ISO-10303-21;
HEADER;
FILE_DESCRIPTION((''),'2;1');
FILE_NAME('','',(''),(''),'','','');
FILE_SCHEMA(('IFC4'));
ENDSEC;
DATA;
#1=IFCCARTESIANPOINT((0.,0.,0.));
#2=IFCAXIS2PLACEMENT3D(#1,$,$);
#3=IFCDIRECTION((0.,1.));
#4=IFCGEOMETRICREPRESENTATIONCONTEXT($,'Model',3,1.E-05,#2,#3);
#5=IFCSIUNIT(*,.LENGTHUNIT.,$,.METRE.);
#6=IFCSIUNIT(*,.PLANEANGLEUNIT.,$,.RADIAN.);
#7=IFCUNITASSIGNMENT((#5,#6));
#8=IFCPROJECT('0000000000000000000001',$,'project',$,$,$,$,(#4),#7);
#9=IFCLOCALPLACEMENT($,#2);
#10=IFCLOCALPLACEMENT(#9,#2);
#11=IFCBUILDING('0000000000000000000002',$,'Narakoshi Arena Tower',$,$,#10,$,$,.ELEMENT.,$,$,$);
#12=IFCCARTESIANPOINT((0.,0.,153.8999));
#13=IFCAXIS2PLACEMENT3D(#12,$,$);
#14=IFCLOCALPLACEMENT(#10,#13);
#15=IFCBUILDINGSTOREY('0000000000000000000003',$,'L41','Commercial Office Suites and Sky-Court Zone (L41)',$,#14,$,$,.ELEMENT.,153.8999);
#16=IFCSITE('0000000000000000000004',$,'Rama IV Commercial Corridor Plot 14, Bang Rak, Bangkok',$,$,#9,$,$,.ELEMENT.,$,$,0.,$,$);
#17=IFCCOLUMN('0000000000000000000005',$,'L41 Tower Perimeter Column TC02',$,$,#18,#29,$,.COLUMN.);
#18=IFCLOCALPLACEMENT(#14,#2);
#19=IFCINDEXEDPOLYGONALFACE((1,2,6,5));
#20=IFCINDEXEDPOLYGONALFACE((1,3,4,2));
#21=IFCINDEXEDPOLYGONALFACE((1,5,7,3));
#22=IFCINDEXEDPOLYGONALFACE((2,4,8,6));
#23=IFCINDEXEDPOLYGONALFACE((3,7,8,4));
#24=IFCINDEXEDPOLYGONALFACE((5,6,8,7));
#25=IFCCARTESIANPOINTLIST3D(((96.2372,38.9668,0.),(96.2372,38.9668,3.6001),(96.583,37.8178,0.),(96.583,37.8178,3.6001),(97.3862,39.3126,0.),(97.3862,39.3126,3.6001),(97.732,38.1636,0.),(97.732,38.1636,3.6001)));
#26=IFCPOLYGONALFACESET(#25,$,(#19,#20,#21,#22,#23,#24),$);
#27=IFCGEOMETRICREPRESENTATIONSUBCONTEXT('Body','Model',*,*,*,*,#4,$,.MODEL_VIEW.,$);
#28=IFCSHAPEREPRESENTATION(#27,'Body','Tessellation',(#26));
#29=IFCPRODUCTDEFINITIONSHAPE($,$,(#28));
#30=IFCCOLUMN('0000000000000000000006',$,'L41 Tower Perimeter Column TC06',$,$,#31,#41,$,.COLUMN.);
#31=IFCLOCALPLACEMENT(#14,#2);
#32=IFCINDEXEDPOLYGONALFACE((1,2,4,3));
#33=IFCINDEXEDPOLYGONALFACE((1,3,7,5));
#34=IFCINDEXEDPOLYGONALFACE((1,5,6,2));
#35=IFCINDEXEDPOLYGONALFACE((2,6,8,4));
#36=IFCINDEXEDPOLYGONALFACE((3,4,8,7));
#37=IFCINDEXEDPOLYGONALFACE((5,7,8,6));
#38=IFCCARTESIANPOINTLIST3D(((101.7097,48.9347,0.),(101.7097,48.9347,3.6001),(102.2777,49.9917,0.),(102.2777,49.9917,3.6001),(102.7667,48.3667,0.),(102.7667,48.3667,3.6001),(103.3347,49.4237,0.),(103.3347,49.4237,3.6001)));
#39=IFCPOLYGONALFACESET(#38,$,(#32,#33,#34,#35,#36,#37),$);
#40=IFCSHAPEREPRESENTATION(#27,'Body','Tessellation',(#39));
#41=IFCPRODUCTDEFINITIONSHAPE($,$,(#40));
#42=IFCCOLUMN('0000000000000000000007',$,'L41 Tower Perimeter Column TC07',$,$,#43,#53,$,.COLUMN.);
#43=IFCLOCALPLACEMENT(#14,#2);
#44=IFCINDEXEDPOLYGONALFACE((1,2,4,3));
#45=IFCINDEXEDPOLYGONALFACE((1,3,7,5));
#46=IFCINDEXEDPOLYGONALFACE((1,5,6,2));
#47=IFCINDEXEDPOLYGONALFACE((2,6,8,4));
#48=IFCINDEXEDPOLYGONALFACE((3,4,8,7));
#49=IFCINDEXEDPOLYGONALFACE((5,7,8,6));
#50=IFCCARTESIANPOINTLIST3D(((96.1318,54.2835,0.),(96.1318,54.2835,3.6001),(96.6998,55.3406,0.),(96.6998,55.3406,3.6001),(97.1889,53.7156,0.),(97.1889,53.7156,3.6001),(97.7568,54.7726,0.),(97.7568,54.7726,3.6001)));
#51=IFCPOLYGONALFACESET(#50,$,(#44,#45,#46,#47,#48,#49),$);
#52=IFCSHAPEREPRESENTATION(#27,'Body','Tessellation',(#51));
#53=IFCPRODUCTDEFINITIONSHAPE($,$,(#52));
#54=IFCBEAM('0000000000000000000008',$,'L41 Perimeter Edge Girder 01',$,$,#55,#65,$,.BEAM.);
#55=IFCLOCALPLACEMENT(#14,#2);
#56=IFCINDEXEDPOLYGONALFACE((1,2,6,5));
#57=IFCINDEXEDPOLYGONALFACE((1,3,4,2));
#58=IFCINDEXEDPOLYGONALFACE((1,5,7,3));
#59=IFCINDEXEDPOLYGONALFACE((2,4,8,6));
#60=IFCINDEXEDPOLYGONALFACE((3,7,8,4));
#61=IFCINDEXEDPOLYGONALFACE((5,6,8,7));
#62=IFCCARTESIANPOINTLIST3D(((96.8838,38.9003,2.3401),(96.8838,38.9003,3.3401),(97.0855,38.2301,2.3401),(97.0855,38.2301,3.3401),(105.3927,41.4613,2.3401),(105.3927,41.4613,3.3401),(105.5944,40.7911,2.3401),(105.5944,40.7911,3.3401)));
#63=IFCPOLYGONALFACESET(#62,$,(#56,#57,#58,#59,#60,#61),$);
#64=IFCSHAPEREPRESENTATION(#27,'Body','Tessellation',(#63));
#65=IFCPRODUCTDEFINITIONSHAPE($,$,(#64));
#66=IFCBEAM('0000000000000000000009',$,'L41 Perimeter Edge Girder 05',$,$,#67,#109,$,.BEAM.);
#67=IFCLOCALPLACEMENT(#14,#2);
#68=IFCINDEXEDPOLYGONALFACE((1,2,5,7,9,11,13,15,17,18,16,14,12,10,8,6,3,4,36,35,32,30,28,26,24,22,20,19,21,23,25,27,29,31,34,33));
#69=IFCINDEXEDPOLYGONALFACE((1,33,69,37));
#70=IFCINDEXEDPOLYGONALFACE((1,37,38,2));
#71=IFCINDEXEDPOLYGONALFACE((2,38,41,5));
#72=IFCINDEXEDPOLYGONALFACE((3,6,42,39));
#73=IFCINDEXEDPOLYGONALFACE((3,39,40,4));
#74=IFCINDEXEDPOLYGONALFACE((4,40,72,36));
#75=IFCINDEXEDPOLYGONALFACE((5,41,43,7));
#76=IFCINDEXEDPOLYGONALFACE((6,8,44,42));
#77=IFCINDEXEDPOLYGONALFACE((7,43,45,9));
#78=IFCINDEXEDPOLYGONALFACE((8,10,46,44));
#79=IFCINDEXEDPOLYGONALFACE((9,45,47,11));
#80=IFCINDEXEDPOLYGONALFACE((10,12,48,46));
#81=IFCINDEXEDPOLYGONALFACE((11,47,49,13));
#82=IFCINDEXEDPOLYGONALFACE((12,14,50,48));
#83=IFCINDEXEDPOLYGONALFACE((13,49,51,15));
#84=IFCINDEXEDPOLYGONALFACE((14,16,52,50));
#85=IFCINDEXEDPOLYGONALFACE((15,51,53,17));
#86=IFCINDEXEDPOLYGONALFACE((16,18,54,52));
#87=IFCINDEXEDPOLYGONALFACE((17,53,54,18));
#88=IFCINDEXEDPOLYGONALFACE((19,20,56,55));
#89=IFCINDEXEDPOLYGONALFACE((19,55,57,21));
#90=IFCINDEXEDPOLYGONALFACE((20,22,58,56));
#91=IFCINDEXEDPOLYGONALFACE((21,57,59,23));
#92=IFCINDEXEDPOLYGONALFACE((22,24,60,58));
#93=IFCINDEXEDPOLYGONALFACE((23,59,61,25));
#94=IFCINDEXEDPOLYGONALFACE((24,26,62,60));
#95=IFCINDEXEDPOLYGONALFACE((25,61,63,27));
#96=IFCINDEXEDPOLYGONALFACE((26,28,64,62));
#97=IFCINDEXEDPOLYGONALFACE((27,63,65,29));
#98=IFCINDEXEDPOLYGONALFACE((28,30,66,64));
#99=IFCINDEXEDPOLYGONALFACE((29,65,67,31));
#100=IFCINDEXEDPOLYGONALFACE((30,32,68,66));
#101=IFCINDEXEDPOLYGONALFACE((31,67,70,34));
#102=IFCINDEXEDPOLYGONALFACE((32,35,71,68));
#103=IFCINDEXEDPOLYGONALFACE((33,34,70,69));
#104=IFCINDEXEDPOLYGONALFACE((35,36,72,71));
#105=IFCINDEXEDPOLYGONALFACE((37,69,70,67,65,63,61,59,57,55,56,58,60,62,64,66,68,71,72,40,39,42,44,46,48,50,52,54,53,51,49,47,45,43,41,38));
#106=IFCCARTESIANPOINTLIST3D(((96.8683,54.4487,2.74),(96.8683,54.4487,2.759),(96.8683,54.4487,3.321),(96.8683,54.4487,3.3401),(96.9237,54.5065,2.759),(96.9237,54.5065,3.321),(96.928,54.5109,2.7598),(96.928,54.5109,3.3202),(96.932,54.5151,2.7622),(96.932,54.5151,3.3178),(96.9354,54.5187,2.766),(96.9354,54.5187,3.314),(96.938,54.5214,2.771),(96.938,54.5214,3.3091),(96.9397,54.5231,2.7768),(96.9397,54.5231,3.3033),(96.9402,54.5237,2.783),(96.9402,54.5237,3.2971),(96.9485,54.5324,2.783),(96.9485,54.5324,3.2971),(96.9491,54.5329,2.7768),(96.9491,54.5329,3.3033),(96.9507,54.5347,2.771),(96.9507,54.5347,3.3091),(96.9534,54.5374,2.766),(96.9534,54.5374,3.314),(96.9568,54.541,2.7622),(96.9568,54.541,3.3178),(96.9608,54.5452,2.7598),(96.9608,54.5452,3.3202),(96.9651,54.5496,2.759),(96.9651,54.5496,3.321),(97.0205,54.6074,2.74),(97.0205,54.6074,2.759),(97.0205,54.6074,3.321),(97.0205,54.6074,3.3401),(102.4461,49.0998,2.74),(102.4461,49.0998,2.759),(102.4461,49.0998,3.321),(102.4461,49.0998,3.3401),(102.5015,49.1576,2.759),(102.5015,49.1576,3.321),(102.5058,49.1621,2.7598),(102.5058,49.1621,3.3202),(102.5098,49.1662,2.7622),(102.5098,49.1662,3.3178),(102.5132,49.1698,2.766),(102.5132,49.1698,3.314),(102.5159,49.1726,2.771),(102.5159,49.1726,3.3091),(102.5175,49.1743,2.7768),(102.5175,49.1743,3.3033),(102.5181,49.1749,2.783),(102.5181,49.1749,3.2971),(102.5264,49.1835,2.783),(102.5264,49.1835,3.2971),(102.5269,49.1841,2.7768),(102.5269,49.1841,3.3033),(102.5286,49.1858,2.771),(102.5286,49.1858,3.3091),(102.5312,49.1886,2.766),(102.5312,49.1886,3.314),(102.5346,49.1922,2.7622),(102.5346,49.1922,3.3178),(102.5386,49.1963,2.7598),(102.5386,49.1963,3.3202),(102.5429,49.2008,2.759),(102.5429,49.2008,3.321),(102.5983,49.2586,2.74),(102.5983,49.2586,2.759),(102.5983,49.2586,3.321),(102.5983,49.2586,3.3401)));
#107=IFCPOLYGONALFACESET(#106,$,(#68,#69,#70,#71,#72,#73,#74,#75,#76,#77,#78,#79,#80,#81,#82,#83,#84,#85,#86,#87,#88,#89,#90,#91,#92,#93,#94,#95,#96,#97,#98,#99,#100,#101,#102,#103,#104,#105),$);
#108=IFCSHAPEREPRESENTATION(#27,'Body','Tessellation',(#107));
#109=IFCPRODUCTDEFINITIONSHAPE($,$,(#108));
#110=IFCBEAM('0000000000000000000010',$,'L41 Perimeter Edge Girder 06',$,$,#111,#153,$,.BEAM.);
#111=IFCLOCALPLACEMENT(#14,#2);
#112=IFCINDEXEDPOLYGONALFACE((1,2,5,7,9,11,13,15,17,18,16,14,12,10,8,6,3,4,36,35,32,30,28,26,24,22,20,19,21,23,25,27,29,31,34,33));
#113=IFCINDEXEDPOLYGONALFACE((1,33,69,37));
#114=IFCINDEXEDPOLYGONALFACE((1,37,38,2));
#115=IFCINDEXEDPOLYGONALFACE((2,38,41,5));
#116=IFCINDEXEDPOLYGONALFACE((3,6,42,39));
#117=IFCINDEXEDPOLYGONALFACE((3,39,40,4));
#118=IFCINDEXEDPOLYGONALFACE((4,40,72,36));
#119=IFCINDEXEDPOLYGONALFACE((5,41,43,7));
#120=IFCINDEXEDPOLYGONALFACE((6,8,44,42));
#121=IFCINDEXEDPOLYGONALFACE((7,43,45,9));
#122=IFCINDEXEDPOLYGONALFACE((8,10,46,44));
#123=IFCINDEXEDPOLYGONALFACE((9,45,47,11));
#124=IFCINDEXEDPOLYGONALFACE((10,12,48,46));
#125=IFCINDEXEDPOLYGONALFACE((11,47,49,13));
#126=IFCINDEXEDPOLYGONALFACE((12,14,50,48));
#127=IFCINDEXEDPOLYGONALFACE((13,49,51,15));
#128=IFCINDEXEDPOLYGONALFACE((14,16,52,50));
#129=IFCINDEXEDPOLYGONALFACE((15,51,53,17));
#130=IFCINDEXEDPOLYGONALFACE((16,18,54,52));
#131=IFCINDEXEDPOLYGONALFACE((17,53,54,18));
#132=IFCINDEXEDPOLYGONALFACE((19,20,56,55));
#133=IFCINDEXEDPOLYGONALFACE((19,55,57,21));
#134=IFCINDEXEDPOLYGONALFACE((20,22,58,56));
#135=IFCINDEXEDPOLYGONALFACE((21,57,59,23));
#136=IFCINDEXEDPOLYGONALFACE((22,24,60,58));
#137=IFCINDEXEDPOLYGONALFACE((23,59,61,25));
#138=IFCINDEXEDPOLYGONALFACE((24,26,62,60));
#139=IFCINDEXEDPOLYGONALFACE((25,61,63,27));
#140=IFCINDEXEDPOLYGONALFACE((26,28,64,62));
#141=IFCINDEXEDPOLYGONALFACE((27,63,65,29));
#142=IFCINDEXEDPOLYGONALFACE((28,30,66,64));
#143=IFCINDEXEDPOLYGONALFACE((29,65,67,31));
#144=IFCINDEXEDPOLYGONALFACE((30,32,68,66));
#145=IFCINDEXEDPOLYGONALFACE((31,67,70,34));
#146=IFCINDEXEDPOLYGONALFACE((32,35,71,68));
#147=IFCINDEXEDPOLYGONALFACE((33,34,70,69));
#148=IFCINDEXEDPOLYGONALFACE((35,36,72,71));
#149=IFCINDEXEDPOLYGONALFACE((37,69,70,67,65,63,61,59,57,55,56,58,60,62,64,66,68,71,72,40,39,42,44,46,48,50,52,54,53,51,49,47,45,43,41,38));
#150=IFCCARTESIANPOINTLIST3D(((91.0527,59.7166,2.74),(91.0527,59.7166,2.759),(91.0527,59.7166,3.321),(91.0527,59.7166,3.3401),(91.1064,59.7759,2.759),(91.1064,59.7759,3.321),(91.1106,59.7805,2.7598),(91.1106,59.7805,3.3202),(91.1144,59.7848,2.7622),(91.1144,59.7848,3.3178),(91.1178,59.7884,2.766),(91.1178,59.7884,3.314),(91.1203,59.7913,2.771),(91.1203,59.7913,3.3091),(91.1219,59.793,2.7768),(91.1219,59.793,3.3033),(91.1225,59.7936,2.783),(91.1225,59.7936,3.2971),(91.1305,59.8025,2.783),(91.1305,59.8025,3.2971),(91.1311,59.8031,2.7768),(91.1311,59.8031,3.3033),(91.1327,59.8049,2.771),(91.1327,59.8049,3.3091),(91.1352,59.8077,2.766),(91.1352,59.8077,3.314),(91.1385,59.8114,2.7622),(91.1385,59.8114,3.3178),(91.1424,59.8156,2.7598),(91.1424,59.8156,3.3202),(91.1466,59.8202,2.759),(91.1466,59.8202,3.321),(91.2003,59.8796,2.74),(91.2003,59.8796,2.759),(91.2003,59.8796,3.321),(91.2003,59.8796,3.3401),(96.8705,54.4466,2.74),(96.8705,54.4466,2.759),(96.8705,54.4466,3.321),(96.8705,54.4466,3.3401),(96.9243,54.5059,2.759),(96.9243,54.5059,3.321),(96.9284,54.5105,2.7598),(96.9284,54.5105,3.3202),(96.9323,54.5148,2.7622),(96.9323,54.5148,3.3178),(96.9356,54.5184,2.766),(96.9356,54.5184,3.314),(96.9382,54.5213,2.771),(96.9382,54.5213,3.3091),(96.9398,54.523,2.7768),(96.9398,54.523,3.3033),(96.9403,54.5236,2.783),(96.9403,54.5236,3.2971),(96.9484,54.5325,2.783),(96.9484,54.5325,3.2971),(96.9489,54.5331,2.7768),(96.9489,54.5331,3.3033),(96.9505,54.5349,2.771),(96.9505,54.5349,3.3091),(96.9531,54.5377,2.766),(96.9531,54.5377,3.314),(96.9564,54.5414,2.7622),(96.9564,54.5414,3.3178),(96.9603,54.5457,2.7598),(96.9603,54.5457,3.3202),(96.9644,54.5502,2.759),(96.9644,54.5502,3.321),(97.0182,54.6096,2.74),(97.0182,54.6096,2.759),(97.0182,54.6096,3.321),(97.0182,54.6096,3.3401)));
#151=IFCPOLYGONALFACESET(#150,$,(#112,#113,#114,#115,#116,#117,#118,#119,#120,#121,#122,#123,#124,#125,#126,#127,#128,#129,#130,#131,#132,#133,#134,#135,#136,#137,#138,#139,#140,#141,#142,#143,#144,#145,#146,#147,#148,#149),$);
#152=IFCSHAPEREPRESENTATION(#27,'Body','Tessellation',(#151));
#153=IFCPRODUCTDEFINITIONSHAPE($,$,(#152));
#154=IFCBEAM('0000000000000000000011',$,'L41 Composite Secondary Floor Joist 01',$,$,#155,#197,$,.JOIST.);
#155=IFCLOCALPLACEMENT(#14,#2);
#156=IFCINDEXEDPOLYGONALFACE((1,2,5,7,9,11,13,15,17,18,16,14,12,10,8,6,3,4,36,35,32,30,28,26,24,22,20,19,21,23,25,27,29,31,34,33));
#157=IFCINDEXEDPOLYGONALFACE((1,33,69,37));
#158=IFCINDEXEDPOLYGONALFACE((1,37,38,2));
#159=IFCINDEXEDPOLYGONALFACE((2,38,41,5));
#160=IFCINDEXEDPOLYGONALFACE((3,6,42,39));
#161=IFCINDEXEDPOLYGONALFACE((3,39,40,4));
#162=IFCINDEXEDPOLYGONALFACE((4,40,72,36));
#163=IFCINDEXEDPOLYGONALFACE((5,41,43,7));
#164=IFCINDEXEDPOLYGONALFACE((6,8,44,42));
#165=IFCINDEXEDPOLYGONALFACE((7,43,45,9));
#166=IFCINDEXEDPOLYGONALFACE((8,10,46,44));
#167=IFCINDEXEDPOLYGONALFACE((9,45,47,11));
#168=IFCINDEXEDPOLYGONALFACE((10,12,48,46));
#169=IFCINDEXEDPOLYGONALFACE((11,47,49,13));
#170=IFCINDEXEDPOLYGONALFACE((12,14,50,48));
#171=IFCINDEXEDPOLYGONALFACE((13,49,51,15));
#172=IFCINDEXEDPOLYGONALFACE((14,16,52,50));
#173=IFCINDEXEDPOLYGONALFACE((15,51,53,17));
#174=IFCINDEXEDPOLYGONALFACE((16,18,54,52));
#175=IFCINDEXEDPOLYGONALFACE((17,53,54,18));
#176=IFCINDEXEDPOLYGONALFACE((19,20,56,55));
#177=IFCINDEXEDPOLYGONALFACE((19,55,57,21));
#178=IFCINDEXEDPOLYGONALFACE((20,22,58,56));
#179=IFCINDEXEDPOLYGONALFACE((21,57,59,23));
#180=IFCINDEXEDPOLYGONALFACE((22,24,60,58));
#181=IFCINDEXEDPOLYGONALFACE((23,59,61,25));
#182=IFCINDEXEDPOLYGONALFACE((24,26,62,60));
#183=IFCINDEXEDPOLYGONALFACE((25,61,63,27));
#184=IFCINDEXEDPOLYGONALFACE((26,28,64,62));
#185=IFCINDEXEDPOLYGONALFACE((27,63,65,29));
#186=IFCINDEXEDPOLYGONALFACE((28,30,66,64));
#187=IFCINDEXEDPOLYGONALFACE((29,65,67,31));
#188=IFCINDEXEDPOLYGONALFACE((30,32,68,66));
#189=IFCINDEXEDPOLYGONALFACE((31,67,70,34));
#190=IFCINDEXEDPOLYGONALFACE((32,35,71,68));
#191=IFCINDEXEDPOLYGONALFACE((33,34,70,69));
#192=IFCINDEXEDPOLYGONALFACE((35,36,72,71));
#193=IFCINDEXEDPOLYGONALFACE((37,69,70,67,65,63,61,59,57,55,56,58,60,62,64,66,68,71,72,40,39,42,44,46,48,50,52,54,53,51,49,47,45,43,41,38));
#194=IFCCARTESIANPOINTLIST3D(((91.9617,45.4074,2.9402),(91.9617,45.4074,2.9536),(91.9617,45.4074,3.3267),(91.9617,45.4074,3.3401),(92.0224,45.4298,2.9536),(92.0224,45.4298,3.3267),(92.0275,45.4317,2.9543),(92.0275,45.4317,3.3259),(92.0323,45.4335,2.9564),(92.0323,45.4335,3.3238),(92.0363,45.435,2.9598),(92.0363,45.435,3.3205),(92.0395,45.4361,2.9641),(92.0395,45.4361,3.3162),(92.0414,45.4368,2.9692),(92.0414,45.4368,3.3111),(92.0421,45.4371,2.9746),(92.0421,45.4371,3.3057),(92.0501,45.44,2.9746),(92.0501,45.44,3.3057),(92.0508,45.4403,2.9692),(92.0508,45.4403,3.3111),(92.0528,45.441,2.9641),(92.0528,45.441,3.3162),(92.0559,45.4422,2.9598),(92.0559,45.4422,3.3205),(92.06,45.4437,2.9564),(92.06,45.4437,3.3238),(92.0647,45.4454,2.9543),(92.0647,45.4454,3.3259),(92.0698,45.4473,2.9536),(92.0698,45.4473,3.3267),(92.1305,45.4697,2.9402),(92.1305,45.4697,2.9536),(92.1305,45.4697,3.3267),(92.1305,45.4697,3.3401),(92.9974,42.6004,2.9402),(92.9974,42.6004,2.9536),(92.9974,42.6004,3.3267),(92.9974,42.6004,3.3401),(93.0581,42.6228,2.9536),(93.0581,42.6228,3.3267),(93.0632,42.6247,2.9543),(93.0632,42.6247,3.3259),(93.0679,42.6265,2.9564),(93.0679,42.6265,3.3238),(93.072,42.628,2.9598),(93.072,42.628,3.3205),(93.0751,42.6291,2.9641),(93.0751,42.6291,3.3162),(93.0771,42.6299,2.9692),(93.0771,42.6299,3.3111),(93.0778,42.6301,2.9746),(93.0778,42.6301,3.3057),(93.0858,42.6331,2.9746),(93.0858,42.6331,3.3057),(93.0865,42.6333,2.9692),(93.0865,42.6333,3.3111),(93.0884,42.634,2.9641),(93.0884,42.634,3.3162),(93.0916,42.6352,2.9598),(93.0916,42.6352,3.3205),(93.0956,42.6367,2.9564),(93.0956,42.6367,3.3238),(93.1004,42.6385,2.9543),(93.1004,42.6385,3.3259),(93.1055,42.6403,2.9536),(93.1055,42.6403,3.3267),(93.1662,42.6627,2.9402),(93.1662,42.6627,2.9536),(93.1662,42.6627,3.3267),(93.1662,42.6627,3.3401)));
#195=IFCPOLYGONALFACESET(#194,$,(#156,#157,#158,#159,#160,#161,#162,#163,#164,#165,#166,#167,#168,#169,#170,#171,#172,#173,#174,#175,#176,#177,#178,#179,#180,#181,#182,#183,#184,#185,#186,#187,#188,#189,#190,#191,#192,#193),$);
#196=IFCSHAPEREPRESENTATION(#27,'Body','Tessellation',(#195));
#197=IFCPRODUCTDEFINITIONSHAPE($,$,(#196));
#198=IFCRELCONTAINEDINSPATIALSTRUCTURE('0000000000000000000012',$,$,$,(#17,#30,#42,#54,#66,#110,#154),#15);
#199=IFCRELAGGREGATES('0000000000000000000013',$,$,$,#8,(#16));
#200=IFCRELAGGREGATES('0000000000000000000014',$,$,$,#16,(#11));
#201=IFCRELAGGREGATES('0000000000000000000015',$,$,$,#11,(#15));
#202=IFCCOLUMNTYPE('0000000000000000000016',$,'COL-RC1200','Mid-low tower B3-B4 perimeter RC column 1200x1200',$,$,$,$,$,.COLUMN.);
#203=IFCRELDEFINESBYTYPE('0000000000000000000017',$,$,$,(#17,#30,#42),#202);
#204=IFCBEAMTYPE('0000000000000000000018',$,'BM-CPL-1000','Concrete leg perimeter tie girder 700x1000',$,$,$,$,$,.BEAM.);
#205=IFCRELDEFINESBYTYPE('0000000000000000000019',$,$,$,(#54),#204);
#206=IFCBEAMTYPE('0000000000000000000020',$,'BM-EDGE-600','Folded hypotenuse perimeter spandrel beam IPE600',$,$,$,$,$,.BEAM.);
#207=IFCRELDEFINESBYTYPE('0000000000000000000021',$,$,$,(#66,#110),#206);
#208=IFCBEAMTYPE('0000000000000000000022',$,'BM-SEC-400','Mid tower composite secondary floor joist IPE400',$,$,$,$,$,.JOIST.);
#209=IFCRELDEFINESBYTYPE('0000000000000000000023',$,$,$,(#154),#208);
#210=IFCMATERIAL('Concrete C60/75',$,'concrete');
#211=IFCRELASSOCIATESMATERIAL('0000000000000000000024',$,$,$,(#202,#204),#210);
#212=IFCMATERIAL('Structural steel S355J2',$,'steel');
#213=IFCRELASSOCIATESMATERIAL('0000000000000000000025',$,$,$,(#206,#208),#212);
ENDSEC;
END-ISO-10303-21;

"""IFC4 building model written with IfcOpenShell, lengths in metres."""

from ifc_helpers import new_model, si_unit, direction, frame, origin, origin_2d, place, context, subcontext, project, spatial, rectangle, i_section, extrude, material, material_profile, profile_set, type_object, element, save


model = new_model("IFC4")

# Units and contexts
model_context = context("Model", 3, precision=1e-05, world=origin(), true_north=direction((0.0, 1.0)))
body_context = subcontext(model_context, "Body", "Model", "MODEL_VIEW")
ifc_project = project(units=[si_unit("LENGTHUNIT", "METRE"), si_unit("PLANEANGLEUNIT", "RADIAN")], contexts=[model_context])

# Site, building, storey
site_placement = place(None, origin())
site = spatial("IfcSite", under=ifc_project, at=site_placement, Name="Rama IV Commercial Corridor Plot 14, Bang Rak, Bangkok", CompositionType="ELEMENT", RefElevation=0.0)
building_placement = place(site_placement, origin())
building = spatial("IfcBuilding", under=site, at=building_placement, Name="Narakoshi Arena Tower", CompositionType="ELEMENT")
storey_placement = place(building_placement, frame((0.0, 0.0, 153.8999)))
storey = spatial("IfcBuildingStorey", under=building, at=storey_placement, Name="L41", Description="Commercial Office Suites and Sky-Court Zone (L41)", CompositionType="ELEMENT", Elevation=153.8999)

# Columns
ifc_material_1 = material(Name="Concrete C60/75", Category="concrete")
ifc_material_profile_1 = material_profile(ifc_material_1, rectangle(XDim=1.2, YDim=1.2, at=origin_2d()), Name="RC1200x1200")
ifc_profile_set_1 = profile_set([ifc_material_profile_1], Name="Concrete C60/75")
column_type = type_object("IfcColumnType", Name="COL-RC1200", Description="Mid-low tower B3-B4 perimeter RC column 1200x1200", PredefinedType="COLUMN", material=ifc_profile_set_1)
for number, where, z_axis, x_axis, name in (
    (1, (96.9846, 38.5652, 0.0), (0.0, 0.0, 1.0), (0.957571, 0.288196, 0.0), "L41 Tower Perimeter Column TC02"),
    (2, (102.5222, 49.1792, 0.0), (0.0, 0.0, 1.0), (0.47332, 0.880891, 0.0), "L41 Tower Perimeter Column TC06"),
    (3, (96.9443, 54.5281, 0.0), (0.0, 0.0, 1.0), (0.47332, 0.880891, 0.0), "L41 Tower Perimeter Column TC07"),
):
    element("IfcColumn", number, at=place(storey_placement, frame(where, z_axis=z_axis, x_axis=x_axis)), inside=storey, type_object=column_type, Name=name, PredefinedType="COLUMN", context=body_context, shape_type="SweptSolid", body=[
        extrude(rectangle(XDim=1.2, YDim=1.2, at=origin_2d()), origin(), (0.0, 0.0, 1.0), 3.6001),
    ])

# Beams
ifc_material_profile_2 = material_profile(ifc_material_1, rectangle(XDim=0.7, YDim=1.0, at=origin_2d()), Name="RCB700x1000")
ifc_profile_set_2 = profile_set([ifc_material_profile_2], Name="Concrete C60/75")
beam_type_1 = type_object("IfcBeamType", Name="BM-CPL-1000", Description="Concrete leg perimeter tie girder 700x1000", PredefinedType="BEAM", material=ifc_profile_set_2)
beam_1_placement = place(storey_placement, frame((96.9846, 38.5652, 2.8401), z_axis=(0.957568, 0.288207, 0.0), x_axis=(-0.288207, 0.957568, 0.0)))
element("IfcBeam", 4, at=beam_1_placement, inside=storey, type_object=beam_type_1, Name="L41 Perimeter Edge Girder 01", PredefinedType="BEAM", context=body_context, shape_type="SweptSolid", body=[
    extrude(rectangle(XDim=0.7, YDim=1.0, at=origin_2d()), origin(), (0.0, 0.0, 1.0), 8.886),
])
ifc_material_2 = material(Name="Structural steel S355J2", Category="steel")
ifc_material_profile_3 = material_profile(ifc_material_2, i_section(OverallWidth=0.22, OverallDepth=0.6001, WebThickness=0.012, FlangeThickness=0.019, FilletRadius=0.0239, at=origin_2d()), Name="IPE600")
ifc_profile_set_3 = profile_set([ifc_material_profile_3], Name="Structural steel S355J2")
beam_type_2 = type_object("IfcBeamType", Name="BM-EDGE-600", Description="Folded hypotenuse perimeter spandrel beam IPE600", PredefinedType="BEAM", material=ifc_profile_set_3)
beam_2_placement = place(storey_placement, frame((102.5222, 49.1792, 3.04), z_axis=(-0.721768, 0.692135, 0.0), x_axis=(-0.692135, -0.721768, 0.0)))
element("IfcBeam", 5, at=beam_2_placement, inside=storey, type_object=beam_type_2, Name="L41 Perimeter Edge Girder 05", PredefinedType="BEAM", context=body_context, shape_type="SweptSolid", body=[
    extrude(i_section(OverallWidth=0.22, OverallDepth=0.6001, WebThickness=0.012, FlangeThickness=0.019, FilletRadius=0.0239, at=origin_2d()), origin(), (0.0, 0.0, 1.0), 7.728),
])
beam_3_placement = place(storey_placement, frame((96.9443, 54.5281, 3.04), z_axis=(-0.741141, 0.67135, 0.0), x_axis=(-0.67135, -0.741141, 0.0)))
element("IfcBeam", 6, at=beam_3_placement, inside=storey, type_object=beam_type_2, Name="L41 Perimeter Edge Girder 06", PredefinedType="BEAM", context=body_context, shape_type="SweptSolid", body=[
    extrude(i_section(OverallWidth=0.22, OverallDepth=0.6001, WebThickness=0.012, FlangeThickness=0.019, FilletRadius=0.0239, at=origin_2d()), origin(), (0.0, 0.0, 1.0), 7.8499),
])
ifc_material_profile_4 = material_profile(ifc_material_2, i_section(OverallWidth=0.1799, OverallDepth=0.3999, WebThickness=0.0085, FlangeThickness=0.0134, FilletRadius=0.021, at=origin_2d()), Name="IPE400")
ifc_profile_set_4 = profile_set([ifc_material_profile_4], Name="Structural steel S355J2")
beam_type_3 = type_object("IfcBeamType", Name="BM-SEC-400", Description="Mid tower composite secondary floor joist IPE400", PredefinedType="JOIST", material=ifc_profile_set_4)
beam_4_placement = place(storey_placement, frame((93.0818, 42.6316, 3.1401), z_axis=(-0.346155, 0.938177, 0.0), x_axis=(-0.938177, -0.346155, 0.0)))
element("IfcBeam", 7, at=beam_4_placement, inside=storey, type_object=beam_type_3, Name="L41 Composite Secondary Floor Joist 01", PredefinedType="JOIST", context=body_context, shape_type="SweptSolid", body=[
    extrude(i_section(OverallWidth=0.1799, OverallDepth=0.3999, WebThickness=0.0085, FlangeThickness=0.0134, FilletRadius=0.021, at=origin_2d()), origin(), (0.0, 0.0, 1.0), 2.9919),
])

save(model, "model.ifc")
